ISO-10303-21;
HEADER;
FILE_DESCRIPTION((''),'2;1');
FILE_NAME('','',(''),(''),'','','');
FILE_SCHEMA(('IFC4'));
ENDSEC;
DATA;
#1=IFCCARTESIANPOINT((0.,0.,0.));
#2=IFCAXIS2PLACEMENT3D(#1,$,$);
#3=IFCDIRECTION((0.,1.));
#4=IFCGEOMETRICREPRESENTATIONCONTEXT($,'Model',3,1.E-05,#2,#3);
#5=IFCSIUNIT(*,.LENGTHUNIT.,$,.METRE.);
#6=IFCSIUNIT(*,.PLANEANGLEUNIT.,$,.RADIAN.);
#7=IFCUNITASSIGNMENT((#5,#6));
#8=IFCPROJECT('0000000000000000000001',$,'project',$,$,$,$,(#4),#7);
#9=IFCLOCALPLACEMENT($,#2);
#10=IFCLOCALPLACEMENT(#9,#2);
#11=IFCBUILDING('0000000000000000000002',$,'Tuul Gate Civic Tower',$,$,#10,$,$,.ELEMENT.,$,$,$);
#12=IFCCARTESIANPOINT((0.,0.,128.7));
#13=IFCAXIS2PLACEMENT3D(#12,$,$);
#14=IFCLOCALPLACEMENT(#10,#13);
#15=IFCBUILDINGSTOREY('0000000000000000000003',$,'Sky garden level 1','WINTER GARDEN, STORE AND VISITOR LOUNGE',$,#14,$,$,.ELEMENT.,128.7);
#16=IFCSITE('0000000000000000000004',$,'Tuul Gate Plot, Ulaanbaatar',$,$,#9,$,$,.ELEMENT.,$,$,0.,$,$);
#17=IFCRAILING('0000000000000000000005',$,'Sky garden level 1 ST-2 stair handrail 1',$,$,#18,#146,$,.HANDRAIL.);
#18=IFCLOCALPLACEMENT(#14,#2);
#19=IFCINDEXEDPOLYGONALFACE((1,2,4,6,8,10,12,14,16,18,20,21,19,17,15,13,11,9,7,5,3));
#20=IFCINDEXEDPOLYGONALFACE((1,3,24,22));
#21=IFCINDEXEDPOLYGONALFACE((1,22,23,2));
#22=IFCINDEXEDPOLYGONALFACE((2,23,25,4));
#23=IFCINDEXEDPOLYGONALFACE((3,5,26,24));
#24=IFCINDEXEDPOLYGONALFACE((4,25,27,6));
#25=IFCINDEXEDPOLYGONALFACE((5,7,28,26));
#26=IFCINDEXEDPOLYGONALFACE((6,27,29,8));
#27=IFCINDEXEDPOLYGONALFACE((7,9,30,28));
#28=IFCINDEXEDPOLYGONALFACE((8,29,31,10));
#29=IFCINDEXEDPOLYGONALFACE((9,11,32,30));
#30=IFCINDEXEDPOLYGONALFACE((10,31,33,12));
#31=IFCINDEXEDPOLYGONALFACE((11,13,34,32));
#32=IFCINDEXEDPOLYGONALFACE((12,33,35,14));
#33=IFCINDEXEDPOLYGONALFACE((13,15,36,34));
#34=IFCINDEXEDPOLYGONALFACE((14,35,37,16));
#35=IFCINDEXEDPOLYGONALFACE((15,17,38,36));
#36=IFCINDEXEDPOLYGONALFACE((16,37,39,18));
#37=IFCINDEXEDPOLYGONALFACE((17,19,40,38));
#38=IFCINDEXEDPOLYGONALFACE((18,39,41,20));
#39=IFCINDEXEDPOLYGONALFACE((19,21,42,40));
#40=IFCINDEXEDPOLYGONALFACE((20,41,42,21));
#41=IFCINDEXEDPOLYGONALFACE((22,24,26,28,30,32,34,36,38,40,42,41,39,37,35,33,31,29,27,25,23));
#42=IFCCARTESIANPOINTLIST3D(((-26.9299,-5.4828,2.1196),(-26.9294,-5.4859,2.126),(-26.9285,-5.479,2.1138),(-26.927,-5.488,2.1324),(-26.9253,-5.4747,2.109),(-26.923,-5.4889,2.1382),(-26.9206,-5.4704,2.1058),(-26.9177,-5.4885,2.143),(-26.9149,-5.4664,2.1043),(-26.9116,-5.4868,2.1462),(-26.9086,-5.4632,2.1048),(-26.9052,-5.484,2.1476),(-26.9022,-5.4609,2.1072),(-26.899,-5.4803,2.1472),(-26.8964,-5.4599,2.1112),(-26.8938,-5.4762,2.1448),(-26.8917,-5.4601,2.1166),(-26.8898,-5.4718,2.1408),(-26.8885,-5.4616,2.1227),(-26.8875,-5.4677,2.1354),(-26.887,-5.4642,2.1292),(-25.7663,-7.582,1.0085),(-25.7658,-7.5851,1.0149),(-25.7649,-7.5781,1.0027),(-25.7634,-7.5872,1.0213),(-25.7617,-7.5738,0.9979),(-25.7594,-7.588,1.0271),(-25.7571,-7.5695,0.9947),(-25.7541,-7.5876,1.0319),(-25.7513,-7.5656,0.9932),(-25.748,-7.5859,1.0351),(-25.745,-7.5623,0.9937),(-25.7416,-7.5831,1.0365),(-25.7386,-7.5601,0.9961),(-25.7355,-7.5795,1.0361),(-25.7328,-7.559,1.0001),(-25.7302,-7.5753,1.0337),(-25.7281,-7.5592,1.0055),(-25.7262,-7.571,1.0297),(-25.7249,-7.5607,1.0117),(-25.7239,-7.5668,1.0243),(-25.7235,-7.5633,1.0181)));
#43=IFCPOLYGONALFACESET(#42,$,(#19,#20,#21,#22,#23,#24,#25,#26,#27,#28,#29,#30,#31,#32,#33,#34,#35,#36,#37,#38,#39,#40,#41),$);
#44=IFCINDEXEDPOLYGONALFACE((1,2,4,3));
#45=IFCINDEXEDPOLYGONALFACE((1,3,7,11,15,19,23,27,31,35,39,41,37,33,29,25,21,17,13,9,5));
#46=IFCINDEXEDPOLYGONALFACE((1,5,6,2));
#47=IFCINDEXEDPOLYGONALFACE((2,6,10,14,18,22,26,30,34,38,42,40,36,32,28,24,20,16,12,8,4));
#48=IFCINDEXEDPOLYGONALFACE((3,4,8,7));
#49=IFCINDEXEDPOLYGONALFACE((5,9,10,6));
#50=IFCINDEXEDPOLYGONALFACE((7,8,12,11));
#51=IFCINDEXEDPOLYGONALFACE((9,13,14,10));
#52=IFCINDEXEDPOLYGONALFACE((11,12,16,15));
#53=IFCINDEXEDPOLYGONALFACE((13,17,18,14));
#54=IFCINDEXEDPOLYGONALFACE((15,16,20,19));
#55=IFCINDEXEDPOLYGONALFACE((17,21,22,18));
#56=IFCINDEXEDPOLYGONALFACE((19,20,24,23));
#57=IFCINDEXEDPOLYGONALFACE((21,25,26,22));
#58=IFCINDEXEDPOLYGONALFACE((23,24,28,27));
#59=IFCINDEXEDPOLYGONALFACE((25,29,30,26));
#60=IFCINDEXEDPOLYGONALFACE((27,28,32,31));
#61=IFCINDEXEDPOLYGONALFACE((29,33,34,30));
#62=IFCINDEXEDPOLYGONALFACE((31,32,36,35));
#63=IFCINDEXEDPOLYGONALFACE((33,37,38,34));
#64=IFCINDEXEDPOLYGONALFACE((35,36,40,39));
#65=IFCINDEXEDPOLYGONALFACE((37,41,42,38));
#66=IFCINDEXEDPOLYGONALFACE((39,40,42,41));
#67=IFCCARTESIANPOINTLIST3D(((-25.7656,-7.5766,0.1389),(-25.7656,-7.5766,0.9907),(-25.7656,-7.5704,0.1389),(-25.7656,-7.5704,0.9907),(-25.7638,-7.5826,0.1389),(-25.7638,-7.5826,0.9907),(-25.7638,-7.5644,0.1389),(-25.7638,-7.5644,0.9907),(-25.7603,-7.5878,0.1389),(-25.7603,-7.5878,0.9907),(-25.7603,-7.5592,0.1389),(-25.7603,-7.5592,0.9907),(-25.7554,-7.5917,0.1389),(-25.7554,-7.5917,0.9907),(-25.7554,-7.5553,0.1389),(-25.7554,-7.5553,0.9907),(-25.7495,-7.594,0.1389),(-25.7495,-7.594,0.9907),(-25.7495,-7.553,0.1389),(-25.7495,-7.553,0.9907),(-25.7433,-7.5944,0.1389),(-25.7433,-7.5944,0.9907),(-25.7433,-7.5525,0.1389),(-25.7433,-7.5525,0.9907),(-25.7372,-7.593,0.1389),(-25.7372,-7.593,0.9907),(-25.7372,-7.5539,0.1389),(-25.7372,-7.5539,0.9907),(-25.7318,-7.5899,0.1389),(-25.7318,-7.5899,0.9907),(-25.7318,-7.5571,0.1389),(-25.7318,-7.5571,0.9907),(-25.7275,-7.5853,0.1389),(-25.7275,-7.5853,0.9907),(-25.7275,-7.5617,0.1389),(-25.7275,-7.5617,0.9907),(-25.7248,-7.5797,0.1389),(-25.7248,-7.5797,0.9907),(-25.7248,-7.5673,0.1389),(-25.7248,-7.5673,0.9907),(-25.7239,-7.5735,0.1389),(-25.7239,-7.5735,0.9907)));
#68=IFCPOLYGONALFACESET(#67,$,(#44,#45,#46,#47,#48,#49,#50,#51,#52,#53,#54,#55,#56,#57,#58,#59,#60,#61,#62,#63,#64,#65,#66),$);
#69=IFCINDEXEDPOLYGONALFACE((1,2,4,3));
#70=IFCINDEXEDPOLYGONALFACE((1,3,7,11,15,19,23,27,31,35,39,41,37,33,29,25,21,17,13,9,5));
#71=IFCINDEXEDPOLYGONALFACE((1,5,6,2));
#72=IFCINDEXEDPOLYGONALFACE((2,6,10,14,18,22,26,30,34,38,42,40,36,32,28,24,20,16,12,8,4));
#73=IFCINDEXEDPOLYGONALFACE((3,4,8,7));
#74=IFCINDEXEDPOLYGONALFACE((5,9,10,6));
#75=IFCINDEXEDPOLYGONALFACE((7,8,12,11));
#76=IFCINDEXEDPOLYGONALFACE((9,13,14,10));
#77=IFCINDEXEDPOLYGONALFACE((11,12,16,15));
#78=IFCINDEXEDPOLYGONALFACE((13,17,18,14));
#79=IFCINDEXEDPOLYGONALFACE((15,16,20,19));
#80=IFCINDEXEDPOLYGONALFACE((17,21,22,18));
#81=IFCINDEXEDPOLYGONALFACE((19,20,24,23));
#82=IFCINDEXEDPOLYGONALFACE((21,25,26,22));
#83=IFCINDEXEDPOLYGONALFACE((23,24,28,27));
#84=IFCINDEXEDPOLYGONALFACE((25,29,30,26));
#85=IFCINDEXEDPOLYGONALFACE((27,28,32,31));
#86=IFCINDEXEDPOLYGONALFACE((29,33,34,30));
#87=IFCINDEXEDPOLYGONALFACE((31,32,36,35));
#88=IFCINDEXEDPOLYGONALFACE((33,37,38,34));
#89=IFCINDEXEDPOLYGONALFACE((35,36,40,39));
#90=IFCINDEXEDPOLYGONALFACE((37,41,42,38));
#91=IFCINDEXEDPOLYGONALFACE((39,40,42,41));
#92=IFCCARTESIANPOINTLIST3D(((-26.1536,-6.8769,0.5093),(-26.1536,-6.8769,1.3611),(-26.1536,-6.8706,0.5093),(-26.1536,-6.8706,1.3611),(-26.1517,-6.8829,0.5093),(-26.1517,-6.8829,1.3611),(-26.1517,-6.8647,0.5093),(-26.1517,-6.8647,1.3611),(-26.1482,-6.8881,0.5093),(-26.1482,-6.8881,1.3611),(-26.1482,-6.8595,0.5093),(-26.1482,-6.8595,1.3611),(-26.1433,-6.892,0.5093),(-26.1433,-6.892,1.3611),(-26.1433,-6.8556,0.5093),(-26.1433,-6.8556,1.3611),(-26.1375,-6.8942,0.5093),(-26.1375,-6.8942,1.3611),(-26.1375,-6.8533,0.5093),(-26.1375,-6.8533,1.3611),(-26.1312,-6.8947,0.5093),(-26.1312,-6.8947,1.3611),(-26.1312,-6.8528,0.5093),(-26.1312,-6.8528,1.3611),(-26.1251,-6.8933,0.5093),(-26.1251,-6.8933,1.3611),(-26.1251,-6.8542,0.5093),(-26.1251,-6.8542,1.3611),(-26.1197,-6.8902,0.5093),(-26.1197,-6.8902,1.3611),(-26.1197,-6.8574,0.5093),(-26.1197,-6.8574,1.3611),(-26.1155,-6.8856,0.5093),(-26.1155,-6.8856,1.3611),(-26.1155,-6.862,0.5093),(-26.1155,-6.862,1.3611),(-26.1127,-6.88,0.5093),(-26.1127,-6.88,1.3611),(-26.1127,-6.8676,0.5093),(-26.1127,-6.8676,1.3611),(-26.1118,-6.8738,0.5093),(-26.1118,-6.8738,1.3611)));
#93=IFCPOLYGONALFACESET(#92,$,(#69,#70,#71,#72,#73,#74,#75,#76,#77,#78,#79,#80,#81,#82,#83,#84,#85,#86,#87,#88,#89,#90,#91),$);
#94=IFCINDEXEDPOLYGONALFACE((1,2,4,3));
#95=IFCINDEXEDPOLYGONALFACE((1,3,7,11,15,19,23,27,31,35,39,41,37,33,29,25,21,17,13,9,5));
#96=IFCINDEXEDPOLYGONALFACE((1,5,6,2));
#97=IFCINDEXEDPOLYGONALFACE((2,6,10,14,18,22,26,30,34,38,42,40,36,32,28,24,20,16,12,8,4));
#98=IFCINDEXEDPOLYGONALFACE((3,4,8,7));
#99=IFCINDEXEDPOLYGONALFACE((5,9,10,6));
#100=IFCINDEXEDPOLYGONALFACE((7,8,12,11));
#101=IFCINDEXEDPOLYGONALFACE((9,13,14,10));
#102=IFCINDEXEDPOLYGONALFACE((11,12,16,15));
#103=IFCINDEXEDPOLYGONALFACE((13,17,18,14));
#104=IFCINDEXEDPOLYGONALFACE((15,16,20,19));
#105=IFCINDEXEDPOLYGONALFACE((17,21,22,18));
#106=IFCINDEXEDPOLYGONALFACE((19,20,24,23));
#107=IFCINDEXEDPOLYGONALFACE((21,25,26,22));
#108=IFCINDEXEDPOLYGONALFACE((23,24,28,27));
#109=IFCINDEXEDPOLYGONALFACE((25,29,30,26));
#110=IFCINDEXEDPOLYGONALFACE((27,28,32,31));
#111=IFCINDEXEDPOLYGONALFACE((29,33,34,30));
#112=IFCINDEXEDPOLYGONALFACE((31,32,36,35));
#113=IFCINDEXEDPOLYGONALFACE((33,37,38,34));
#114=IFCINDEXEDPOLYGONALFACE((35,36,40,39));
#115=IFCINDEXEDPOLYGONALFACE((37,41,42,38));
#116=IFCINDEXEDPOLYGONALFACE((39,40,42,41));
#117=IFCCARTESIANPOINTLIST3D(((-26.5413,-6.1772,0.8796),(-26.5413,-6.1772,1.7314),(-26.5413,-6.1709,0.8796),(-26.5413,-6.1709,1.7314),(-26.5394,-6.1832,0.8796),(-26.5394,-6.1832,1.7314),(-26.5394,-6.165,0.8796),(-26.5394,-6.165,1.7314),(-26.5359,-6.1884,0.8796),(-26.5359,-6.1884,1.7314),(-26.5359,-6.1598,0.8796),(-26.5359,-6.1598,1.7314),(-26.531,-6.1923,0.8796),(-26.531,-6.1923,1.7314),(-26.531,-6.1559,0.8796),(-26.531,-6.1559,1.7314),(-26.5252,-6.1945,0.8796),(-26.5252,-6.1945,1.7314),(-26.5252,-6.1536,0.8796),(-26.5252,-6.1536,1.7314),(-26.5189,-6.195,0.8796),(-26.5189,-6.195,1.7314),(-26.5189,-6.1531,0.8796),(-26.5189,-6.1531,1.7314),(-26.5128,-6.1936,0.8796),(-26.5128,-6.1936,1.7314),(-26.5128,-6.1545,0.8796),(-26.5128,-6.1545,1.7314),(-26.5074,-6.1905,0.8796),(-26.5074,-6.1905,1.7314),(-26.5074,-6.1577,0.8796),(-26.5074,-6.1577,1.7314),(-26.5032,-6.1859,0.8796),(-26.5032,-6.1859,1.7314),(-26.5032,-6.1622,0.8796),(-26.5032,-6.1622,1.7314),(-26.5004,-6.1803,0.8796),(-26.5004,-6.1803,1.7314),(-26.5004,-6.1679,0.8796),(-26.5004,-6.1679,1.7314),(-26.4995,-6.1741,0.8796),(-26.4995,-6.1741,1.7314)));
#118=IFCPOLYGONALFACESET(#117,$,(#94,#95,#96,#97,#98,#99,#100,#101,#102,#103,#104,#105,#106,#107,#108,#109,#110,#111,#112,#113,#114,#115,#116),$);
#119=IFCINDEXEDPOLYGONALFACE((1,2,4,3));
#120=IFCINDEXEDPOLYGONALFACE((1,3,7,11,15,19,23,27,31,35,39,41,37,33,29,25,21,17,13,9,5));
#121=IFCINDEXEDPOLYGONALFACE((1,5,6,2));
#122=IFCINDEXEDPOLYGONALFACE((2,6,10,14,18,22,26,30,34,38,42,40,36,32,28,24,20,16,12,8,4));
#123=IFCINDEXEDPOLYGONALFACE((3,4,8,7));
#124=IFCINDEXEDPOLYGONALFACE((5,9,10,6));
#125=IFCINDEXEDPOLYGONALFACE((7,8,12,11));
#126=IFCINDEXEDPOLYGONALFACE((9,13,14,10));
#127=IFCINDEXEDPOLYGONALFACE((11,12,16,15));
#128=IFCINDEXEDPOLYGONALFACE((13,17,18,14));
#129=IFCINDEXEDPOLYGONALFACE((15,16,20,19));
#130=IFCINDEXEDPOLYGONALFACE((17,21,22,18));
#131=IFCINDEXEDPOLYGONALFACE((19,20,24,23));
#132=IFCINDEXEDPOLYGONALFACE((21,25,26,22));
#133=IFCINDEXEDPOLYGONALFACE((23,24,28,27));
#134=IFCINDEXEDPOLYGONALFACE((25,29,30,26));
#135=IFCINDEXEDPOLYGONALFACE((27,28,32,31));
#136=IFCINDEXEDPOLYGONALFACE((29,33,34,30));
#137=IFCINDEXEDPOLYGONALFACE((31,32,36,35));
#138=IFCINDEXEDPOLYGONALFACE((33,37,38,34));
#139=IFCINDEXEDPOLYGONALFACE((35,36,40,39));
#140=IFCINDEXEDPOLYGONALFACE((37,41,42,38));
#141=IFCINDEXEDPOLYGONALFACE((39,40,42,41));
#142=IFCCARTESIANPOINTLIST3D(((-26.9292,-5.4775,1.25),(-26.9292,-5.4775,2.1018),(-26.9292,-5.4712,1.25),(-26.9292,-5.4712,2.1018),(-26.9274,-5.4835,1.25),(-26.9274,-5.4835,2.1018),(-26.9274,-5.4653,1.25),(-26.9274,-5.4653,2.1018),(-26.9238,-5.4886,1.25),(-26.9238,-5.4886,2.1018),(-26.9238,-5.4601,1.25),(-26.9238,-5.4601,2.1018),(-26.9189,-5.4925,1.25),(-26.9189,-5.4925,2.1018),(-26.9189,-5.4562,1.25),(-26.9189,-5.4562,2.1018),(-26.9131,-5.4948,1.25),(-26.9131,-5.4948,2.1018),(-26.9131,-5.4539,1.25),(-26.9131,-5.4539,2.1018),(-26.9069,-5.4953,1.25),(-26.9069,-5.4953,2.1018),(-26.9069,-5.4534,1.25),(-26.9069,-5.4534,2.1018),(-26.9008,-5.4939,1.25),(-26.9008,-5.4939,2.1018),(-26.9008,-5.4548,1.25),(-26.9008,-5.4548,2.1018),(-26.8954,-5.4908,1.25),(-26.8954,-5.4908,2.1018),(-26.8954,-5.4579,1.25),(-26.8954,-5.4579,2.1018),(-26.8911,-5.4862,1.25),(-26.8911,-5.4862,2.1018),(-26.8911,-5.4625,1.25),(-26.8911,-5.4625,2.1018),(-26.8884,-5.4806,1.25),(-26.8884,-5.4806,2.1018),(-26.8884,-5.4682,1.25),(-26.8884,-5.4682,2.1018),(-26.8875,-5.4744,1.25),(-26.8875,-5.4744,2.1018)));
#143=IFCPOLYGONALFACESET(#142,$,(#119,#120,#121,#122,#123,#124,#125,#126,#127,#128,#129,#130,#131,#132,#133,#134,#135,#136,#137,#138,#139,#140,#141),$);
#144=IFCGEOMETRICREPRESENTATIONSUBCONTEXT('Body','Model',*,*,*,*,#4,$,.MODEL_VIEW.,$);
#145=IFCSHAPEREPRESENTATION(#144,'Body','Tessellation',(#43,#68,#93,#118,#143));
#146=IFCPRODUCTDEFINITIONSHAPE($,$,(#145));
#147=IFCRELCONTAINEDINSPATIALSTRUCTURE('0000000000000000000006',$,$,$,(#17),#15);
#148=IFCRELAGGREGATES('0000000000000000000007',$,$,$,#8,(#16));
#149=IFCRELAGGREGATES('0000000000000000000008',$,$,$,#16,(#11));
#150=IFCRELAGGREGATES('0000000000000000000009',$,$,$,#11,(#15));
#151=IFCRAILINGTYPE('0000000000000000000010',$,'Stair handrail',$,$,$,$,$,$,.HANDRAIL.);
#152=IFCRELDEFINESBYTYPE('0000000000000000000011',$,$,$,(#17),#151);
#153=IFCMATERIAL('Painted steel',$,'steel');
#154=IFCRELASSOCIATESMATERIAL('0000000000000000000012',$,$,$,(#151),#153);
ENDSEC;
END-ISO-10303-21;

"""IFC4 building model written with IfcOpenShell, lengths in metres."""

from ifc_helpers import new_model, si_unit, direction, frame, origin, origin_2d, place, context, subcontext, project, spatial, circle, extrude, material, type_object, element, save


model = new_model("IFC4")

# Units and contexts
model_context = context("Model", 3, precision=1e-05, world=origin(), true_north=direction((0.0, 1.0)))
body_context = subcontext(model_context, "Body", "Model", "MODEL_VIEW")
ifc_project = project(units=[si_unit("LENGTHUNIT", "METRE"), si_unit("PLANEANGLEUNIT", "RADIAN")], contexts=[model_context])

# Site, building, storey
site_placement = place(None, origin())
site = spatial("IfcSite", under=ifc_project, at=site_placement, Name="Tuul Gate Plot, Ulaanbaatar", CompositionType="ELEMENT", RefElevation=0.0)
building_placement = place(site_placement, origin())
building = spatial("IfcBuilding", under=site, at=building_placement, Name="Tuul Gate Civic Tower", CompositionType="ELEMENT")
storey_placement = place(building_placement, frame((0.0, 0.0, 128.7)))
storey = spatial("IfcBuildingStorey", under=building, at=storey_placement, Name="Sky garden level 1", Description="WINTER GARDEN, STORE AND VISITOR LOUNGE", CompositionType="ELEMENT", Elevation=128.7)

# Railing
ifc_material_1 = material(Name="Painted steel", Category="steel")
railing_type_1 = type_object("IfcRailingType", Name="Stair handrail", PredefinedType="HANDRAIL", material=ifc_material_1)
railing_1_placement = place(storey_placement, frame((-25.7449, -7.5735, 0.1389)))
element("IfcRailing", 1, at=railing_1_placement, inside=storey, type_object=railing_type_1, Name="Sky garden level 1 ST-2 stair handrail 1", PredefinedType="HANDRAIL", context=body_context, shape_type="SweptSolid", body=[
    extrude(circle(Radius=0.0239, at=origin_2d()), frame((0.0, 0.0, 0.876), z_axis=(-0.439956, 0.793692, 0.420109), x_axis=(-0.874618, -0.484814, 0.0)), (0.0, 0.0, 1.0), 2.6448),
    extrude(circle(Radius=0.021, at=origin_2d()), origin(), (0.0, 0.0, 1.0), 0.8518),
    extrude(circle(Radius=0.021, at=origin_2d()), frame((-0.3879, 0.6997, 0.3704)), (0.0, 0.0, 1.0), 0.8518),
    extrude(circle(Radius=0.021, at=origin_2d()), frame((-0.7756, 1.3994, 0.7407)), (0.0, 0.0, 1.0), 0.8518),
    extrude(circle(Radius=0.021, at=origin_2d()), frame((-1.1636, 2.0991, 1.1111)), (0.0, 0.0, 1.0), 0.8518),
])

save(model, "model.ifc")
